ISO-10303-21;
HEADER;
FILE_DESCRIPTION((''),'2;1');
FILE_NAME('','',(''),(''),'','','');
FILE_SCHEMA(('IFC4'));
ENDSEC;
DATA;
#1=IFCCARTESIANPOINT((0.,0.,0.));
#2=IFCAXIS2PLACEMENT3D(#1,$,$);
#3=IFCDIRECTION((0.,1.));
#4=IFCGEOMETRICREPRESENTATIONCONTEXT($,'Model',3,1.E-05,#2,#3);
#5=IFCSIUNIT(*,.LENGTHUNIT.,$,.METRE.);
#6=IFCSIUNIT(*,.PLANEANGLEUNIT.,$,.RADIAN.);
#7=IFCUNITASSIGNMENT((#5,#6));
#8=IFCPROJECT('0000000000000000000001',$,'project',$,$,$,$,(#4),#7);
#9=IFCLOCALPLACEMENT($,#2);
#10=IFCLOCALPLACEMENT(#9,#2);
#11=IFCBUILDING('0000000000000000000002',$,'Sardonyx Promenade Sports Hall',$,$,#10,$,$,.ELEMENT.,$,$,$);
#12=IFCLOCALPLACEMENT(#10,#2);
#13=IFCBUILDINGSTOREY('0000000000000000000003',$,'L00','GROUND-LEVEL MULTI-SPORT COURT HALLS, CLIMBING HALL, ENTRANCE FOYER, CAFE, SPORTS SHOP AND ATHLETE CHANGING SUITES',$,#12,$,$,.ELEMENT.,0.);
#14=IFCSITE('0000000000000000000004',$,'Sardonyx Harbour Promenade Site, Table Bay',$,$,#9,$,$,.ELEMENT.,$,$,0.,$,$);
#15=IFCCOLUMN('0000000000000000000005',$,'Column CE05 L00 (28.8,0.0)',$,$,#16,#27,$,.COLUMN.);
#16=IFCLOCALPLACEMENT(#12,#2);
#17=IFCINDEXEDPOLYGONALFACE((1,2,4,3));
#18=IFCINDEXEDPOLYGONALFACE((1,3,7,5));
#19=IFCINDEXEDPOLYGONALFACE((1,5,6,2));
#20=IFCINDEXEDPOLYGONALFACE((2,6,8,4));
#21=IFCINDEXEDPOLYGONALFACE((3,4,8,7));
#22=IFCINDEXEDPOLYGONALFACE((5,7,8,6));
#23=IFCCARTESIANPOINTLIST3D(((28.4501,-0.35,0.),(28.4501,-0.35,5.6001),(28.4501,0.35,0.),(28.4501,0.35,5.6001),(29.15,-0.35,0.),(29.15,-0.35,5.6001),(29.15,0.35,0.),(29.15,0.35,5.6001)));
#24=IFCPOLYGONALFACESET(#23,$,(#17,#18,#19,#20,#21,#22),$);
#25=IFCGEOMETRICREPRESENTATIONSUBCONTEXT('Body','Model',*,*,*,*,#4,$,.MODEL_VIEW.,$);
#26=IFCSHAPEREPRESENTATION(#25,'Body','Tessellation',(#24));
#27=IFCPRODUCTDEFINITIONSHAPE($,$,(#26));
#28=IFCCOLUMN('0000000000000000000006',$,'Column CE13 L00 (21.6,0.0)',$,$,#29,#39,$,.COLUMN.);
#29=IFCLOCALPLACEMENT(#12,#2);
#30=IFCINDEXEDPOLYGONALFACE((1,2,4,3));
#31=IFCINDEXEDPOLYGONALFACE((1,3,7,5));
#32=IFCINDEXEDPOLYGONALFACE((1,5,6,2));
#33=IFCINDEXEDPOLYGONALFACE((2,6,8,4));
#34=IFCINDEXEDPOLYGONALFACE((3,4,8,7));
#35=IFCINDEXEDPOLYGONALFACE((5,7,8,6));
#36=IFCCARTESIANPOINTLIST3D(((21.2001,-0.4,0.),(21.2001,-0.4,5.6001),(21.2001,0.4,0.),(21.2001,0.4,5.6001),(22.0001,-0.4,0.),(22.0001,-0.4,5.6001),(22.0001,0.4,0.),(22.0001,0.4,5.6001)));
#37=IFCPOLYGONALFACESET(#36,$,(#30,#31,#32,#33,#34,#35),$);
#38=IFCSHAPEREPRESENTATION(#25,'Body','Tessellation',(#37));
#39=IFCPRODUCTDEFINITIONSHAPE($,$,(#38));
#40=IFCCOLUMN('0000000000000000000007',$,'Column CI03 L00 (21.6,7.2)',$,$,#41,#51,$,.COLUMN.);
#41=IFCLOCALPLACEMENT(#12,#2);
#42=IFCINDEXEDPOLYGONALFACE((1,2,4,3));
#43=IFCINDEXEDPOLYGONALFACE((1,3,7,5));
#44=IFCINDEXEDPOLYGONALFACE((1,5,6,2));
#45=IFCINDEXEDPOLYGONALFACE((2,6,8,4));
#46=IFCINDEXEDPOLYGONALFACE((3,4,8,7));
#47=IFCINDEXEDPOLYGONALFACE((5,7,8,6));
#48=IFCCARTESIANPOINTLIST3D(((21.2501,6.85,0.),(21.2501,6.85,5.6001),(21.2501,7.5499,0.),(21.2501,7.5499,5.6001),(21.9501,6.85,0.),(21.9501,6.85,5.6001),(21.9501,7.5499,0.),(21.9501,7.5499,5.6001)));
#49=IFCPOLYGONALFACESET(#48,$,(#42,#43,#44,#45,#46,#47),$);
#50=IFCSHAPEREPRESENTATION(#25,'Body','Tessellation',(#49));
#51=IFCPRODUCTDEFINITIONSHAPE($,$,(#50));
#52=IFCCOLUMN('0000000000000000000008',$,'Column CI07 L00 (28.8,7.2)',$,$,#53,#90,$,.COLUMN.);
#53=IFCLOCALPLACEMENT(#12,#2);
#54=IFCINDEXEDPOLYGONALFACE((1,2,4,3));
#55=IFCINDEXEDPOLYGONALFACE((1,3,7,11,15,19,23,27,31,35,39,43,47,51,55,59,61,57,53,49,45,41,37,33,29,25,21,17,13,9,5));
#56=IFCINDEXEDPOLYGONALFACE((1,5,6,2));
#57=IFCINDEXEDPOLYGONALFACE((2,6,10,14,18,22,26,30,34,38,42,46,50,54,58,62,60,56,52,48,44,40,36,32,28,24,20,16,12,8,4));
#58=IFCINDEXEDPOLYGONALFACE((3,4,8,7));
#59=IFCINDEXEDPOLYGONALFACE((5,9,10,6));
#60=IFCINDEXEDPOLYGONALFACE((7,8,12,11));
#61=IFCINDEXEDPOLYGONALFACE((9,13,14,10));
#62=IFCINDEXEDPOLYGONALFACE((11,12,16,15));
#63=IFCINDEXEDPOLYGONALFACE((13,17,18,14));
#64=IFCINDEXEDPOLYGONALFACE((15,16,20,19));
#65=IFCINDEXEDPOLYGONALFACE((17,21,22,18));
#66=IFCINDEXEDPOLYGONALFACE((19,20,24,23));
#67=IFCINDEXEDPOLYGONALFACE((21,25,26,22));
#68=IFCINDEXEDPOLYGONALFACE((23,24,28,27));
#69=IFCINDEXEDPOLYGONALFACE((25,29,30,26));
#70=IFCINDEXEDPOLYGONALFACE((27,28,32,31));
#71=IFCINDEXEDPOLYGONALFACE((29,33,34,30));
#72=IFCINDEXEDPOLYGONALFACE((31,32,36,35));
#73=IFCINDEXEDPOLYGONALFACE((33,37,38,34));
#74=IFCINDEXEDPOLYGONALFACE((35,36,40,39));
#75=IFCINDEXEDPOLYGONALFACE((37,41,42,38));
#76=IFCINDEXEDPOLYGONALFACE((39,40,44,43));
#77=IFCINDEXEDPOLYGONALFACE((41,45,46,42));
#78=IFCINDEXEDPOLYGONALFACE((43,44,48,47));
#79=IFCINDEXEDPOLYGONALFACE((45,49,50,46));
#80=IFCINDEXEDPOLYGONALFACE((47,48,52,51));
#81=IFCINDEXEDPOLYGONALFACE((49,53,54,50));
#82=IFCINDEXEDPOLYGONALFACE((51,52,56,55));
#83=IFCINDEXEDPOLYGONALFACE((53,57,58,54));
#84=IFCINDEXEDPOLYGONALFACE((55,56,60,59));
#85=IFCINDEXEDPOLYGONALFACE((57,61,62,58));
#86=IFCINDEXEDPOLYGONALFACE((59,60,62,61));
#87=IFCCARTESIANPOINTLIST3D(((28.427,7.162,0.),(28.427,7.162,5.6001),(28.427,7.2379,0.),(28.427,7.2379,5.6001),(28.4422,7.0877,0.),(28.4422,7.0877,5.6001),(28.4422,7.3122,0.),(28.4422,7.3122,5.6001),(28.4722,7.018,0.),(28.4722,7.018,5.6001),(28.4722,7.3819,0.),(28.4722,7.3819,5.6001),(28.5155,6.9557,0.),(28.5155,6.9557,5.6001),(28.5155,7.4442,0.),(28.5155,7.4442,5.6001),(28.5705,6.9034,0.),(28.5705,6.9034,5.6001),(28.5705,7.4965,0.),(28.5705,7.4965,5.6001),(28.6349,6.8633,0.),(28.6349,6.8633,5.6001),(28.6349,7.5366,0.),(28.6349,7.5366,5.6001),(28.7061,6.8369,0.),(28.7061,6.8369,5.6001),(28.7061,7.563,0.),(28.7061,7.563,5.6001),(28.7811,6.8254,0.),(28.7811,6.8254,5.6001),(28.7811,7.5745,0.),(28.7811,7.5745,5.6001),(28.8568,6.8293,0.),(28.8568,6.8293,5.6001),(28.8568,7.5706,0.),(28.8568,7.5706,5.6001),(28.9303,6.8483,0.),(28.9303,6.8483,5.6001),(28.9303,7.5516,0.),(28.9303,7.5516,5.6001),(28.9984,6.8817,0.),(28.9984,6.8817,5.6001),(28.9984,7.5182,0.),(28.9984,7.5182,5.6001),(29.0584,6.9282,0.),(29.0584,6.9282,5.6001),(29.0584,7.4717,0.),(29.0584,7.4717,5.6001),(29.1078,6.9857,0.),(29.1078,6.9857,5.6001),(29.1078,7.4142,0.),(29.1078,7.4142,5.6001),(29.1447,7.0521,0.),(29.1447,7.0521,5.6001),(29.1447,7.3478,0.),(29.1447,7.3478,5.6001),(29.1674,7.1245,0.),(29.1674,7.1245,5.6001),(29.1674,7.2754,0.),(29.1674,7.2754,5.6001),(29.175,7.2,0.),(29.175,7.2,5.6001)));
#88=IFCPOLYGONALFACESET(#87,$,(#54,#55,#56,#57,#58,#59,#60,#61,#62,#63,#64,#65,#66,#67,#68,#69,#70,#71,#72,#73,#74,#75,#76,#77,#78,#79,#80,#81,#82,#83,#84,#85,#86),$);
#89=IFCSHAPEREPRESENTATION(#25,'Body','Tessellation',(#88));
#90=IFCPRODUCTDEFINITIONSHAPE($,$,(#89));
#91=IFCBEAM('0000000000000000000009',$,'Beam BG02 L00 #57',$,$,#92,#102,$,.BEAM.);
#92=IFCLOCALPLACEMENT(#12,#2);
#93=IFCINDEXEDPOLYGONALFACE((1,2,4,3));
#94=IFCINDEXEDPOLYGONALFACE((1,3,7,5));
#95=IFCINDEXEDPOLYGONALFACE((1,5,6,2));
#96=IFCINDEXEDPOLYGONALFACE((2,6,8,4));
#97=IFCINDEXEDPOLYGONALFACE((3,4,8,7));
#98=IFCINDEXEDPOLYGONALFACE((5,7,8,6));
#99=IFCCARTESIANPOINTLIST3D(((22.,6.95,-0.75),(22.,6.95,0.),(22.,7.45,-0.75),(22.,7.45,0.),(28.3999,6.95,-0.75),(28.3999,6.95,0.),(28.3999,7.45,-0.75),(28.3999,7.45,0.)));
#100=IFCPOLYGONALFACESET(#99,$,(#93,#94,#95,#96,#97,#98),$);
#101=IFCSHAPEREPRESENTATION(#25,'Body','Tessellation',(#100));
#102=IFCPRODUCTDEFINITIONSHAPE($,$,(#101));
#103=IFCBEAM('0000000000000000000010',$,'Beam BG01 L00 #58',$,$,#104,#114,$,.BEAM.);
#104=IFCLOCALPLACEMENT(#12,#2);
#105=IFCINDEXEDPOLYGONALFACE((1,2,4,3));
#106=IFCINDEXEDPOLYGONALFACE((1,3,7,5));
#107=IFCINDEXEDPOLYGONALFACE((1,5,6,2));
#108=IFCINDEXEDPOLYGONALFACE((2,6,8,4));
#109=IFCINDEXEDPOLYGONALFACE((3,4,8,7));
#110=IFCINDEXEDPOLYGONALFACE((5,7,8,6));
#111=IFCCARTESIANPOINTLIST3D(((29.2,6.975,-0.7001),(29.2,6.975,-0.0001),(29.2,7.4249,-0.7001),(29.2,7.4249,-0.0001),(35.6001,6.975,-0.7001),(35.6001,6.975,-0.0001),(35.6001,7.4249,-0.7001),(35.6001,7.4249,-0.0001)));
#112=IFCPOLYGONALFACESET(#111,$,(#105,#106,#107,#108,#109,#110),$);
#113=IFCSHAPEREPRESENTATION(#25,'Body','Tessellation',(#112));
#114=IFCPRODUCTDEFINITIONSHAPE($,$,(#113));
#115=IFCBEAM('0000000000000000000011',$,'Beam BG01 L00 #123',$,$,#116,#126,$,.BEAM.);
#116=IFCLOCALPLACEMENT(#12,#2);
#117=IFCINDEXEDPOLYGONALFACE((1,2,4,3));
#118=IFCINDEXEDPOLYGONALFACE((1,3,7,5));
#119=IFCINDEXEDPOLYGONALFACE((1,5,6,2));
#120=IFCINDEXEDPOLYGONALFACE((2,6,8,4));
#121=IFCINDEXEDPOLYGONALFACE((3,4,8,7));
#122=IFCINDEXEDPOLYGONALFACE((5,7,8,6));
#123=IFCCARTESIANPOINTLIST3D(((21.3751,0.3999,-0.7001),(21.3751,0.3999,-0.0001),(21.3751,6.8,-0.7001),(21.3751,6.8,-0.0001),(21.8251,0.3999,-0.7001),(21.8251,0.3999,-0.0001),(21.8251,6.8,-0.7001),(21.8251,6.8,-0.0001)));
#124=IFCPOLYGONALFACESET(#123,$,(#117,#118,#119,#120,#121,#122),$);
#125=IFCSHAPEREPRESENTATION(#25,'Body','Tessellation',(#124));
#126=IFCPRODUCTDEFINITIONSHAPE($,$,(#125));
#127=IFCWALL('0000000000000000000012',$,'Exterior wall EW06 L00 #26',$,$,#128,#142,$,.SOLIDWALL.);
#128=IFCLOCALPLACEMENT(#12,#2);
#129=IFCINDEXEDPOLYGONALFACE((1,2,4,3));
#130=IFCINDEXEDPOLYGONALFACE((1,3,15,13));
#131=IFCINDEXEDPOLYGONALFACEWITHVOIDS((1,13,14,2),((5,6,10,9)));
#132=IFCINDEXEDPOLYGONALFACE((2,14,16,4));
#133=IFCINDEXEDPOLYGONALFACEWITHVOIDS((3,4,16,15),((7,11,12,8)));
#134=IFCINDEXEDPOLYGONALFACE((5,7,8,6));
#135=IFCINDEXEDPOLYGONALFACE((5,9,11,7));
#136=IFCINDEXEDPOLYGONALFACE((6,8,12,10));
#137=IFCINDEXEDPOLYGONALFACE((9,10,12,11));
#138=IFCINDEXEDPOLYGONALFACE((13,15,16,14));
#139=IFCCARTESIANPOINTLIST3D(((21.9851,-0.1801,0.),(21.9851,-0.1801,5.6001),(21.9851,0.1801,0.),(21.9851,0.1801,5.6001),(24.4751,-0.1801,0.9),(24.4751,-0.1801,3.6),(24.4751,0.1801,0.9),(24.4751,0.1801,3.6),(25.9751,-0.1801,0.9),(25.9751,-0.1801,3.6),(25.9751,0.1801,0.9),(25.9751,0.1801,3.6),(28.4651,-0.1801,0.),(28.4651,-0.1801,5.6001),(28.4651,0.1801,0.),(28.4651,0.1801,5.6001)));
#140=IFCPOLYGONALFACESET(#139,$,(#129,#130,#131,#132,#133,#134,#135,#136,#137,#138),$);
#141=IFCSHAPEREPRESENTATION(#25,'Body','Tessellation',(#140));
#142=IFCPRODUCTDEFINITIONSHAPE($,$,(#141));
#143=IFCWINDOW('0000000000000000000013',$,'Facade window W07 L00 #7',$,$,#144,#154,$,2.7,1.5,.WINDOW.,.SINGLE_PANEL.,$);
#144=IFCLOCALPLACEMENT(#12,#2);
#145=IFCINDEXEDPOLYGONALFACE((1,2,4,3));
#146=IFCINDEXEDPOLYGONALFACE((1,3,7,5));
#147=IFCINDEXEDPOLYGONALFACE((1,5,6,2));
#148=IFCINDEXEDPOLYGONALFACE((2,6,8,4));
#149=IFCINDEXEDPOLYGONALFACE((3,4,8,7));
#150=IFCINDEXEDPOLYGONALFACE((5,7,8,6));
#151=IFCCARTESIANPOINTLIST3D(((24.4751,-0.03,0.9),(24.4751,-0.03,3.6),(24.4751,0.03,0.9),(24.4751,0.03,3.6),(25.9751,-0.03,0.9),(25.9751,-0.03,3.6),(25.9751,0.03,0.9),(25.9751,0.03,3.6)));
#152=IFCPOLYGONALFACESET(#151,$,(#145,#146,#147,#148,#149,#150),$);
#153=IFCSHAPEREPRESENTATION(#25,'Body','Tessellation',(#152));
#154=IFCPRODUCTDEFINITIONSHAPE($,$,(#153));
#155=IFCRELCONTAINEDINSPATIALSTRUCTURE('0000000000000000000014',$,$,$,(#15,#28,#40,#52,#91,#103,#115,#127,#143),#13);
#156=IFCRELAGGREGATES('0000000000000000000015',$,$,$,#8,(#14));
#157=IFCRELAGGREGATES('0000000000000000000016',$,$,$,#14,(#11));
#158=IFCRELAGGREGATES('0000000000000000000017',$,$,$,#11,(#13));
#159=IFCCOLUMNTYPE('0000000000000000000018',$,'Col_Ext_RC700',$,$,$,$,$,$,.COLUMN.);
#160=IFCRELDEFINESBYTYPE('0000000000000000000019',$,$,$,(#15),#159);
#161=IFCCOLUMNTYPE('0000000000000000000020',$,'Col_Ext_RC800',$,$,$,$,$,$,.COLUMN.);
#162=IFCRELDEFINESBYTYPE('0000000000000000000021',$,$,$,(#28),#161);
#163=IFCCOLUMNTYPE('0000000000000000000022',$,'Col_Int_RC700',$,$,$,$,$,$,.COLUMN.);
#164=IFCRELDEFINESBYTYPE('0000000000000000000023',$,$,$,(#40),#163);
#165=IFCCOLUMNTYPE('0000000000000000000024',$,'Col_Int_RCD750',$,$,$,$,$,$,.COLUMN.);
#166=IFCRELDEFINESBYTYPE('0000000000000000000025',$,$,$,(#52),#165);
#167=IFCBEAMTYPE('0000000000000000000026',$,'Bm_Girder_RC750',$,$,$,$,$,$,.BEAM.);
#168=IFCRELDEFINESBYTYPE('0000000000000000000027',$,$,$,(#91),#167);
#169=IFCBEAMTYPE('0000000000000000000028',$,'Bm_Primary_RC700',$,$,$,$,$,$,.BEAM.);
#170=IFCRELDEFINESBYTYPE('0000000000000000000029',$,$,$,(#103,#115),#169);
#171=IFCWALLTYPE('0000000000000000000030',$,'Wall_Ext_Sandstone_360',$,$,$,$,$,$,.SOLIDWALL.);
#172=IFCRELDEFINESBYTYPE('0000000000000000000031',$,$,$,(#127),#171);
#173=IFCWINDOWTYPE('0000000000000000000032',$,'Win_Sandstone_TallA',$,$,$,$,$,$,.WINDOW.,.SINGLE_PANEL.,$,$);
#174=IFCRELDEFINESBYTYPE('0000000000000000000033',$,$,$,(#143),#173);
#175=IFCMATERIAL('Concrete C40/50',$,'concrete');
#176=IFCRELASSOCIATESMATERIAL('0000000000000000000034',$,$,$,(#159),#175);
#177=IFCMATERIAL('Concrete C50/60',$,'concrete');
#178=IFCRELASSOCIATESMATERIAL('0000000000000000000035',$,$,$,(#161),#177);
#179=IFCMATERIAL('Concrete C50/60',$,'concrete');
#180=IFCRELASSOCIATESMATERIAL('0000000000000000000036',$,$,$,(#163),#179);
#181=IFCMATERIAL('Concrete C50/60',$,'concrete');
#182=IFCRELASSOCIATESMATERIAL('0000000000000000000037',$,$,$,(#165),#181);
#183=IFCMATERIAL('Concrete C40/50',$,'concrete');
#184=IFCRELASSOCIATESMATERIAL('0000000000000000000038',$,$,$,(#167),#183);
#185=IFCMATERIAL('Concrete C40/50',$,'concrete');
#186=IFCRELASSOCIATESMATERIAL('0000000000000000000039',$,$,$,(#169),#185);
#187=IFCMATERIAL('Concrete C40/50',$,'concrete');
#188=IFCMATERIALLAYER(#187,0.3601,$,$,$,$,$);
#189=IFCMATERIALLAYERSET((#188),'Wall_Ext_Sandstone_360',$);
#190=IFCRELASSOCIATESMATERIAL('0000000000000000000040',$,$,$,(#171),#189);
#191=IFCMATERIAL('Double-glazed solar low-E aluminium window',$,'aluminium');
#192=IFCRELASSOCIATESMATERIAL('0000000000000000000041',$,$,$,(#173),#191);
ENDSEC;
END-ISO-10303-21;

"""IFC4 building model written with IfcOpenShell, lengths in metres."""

from ifc_helpers import new_model, si_unit, direction, frame, frame_2d, origin, origin_2d, place, context, subcontext, project, spatial, rectangle, circle, extrude, material, layer, layer_set, material_profile, profile_set, type_object, element, fill, save


model = new_model("IFC4")

# Units and contexts
model_context = context("Model", 3, precision=1e-05, world=origin(), true_north=direction((0.0, 1.0)))
body_context = subcontext(model_context, "Body", "Model", "MODEL_VIEW")
ifc_project = project(units=[si_unit("LENGTHUNIT", "METRE"), si_unit("PLANEANGLEUNIT", "RADIAN")], contexts=[model_context])

# Site, building, storey
site_placement = place(None, origin())
site = spatial("IfcSite", under=ifc_project, at=site_placement, Name="Sardonyx Harbour Promenade Site, Table Bay", CompositionType="ELEMENT", RefElevation=0.0)
building_placement = place(site_placement, origin())
building = spatial("IfcBuilding", under=site, at=building_placement, Name="Sardonyx Promenade Sports Hall", CompositionType="ELEMENT")
storey_placement = place(building_placement, origin())
storey = spatial("IfcBuildingStorey", under=building, at=storey_placement, Name="L00", Description="GROUND-LEVEL MULTI-SPORT COURT HALLS, CLIMBING HALL, ENTRANCE FOYER, CAFE, SPORTS SHOP AND ATHLETE CHANGING SUITES", CompositionType="ELEMENT", Elevation=0.0)

# Columns
ifc_material_1 = material(Name="Concrete C40/50", Category="concrete")
ifc_material_profile_1 = material_profile(ifc_material_1, rectangle(XDim=0.7, YDim=0.7, at=origin_2d()))
ifc_profile_set_1 = profile_set([ifc_material_profile_1], Name="Concrete C40/50")
column_type_1 = type_object("IfcColumnType", Name="Col_Ext_RC700", PredefinedType="COLUMN", material=ifc_profile_set_1)
column_1_placement = place(storey_placement, frame((28.8, 0.0, 0.0), z_axis=(0.0, 0.0, 1.0), x_axis=(1.0, 0.0, 0.0)))
element("IfcColumn", 1, at=column_1_placement, inside=storey, type_object=column_type_1, Name="Column CE05 L00 (28.8,0.0)", PredefinedType="COLUMN", context=body_context, shape_type="SweptSolid", body=[
    extrude(rectangle(XDim=0.7, YDim=0.7, at=origin_2d()), origin(), (0.0, 0.0, 1.0), 5.6001),
])
ifc_material_2 = material(Name="Concrete C50/60", Category="concrete")
ifc_material_profile_2 = material_profile(ifc_material_2, rectangle(XDim=0.8, YDim=0.8, at=origin_2d()))
ifc_profile_set_2 = profile_set([ifc_material_profile_2], Name="Concrete C50/60")
column_type_2 = type_object("IfcColumnType", Name="Col_Ext_RC800", PredefinedType="COLUMN", material=ifc_profile_set_2)
column_2_placement = place(storey_placement, frame((21.6001, 0.0, 0.0), z_axis=(0.0, 0.0, 1.0), x_axis=(1.0, 0.0, 0.0)))
element("IfcColumn", 2, at=column_2_placement, inside=storey, type_object=column_type_2, Name="Column CE13 L00 (21.6,0.0)", PredefinedType="COLUMN", context=body_context, shape_type="SweptSolid", body=[
    extrude(rectangle(XDim=0.8, YDim=0.8, at=origin_2d()), origin(), (0.0, 0.0, 1.0), 5.6001),
])
ifc_material_3 = material(Name="Concrete C50/60", Category="concrete")
ifc_material_profile_3 = material_profile(ifc_material_3, rectangle(XDim=0.7, YDim=0.7, at=origin_2d()))
ifc_profile_set_3 = profile_set([ifc_material_profile_3], Name="Concrete C50/60")
column_type_3 = type_object("IfcColumnType", Name="Col_Int_RC700", PredefinedType="COLUMN", material=ifc_profile_set_3)
column_3_placement = place(storey_placement, frame((21.6001, 7.2, 0.0), z_axis=(0.0, 0.0, 1.0), x_axis=(1.0, 0.0, 0.0)))
element("IfcColumn", 3, at=column_3_placement, inside=storey, type_object=column_type_3, Name="Column CI03 L00 (21.6,7.2)", PredefinedType="COLUMN", context=body_context, shape_type="SweptSolid", body=[
    extrude(rectangle(XDim=0.7, YDim=0.7, at=origin_2d()), origin(), (0.0, 0.0, 1.0), 5.6001),
])
ifc_material_4 = material(Name="Concrete C50/60", Category="concrete")
ifc_material_profile_4 = material_profile(ifc_material_4, circle(Radius=0.375, at=origin_2d()))
ifc_profile_set_4 = profile_set([ifc_material_profile_4], Name="Concrete C50/60")
column_type_4 = type_object("IfcColumnType", Name="Col_Int_RCD750", PredefinedType="COLUMN", material=ifc_profile_set_4)
column_4_placement = place(storey_placement, frame((28.8, 7.2, 0.0), z_axis=(0.0, 0.0, 1.0), x_axis=(1.0, 0.0, 0.0)))
element("IfcColumn", 4, at=column_4_placement, inside=storey, type_object=column_type_4, Name="Column CI07 L00 (28.8,7.2)", PredefinedType="COLUMN", context=body_context, shape_type="SweptSolid", body=[
    extrude(circle(Radius=0.375, at=origin_2d()), origin(), (0.0, 0.0, 1.0), 5.6001),
])

# Beams
ifc_material_5 = material(Name="Concrete C40/50", Category="concrete")
ifc_material_profile_5 = material_profile(ifc_material_5, rectangle(XDim=0.5, YDim=0.75, at=origin_2d()))
ifc_profile_set_5 = profile_set([ifc_material_profile_5], Name="Concrete C40/50")
beam_type_1 = type_object("IfcBeamType", Name="Bm_Girder_RC750", PredefinedType="BEAM", material=ifc_profile_set_5)
beam_placement = place(storey_placement, frame((22.0, 7.2, -0.375), z_axis=(1.0, 0.0, 0.0), x_axis=(0.0, 1.0, 0.0)))
element("IfcBeam", 5, at=beam_placement, inside=storey, type_object=beam_type_1, Name="Beam BG02 L00 #57", PredefinedType="BEAM", context=body_context, shape_type="SweptSolid", body=[
    extrude(rectangle(XDim=0.5, YDim=0.75, at=origin_2d()), origin(), (0.0, 0.0, 1.0), 6.3999),
])
ifc_material_6 = material(Name="Concrete C40/50", Category="concrete")
ifc_material_profile_6 = material_profile(ifc_material_6, rectangle(XDim=0.45, YDim=0.7, at=origin_2d()))
ifc_profile_set_6 = profile_set([ifc_material_profile_6], Name="Concrete C40/50")
beam_type_2 = type_object("IfcBeamType", Name="Bm_Primary_RC700", PredefinedType="BEAM", material=ifc_profile_set_6)
for number, where, z_axis, x_axis, name in (
    (6, (29.2, 7.2, -0.3501), (1.0, 0.0, 0.0), (0.0, 1.0, 0.0), "Beam BG01 L00 #58"),
    (7, (21.6001, 0.3999, -0.3501), (0.0, 1.0, 0.0), (-1.0, 0.0, 0.0), "Beam BG01 L00 #123"),
):
    element("IfcBeam", number, at=place(storey_placement, frame(where, z_axis=z_axis, x_axis=x_axis)), inside=storey, type_object=beam_type_2, Name=name, PredefinedType="BEAM", context=body_context, shape_type="SweptSolid", body=[
        extrude(rectangle(XDim=0.45, YDim=0.7, at=origin_2d()), origin(), (0.0, 0.0, 1.0), 6.4001),
    ])

# Wall, opening, window
ifc_material_7 = material(Name="Concrete C40/50", Category="concrete")
ifc_layer_1 = layer(ifc_material_7, 0.3601)
ifc_layer_set_1 = layer_set([ifc_layer_1], Name="Wall_Ext_Sandstone_360")
wall_type_1 = type_object("IfcWallType", Name="Wall_Ext_Sandstone_360", PredefinedType="SOLIDWALL", material=ifc_layer_set_1)
wall_1_placement = place(storey_placement, frame((28.4651, 0.0, 0.0), z_axis=(0.0, 0.0, 1.0), x_axis=(-1.0, 0.0, 0.0)))
wall_1 = element("IfcWall", 8, at=wall_1_placement, inside=storey, type_object=wall_type_1, Name="Exterior wall EW06 L00 #26", PredefinedType="SOLIDWALL", context=body_context, shape_type="SweptSolid", body=[
    extrude(rectangle(XDim=6.48, YDim=0.3601, at=frame_2d((3.24, 0.0))), origin(), (0.0, 0.0, 1.0), 5.6001),
])
opening_1_placement = place(wall_1_placement, frame((2.49, 0.0, 0.8999)))
opening_1 = element("IfcOpeningElement", 9, at=opening_1_placement, cuts=wall_1, PredefinedType="OPENING", context=body_context, shape_type="SweptSolid", body=[
    extrude(rectangle(XDim=1.5, YDim=2.7, at=frame_2d((0.75, 1.3501))), frame((0.0, 0.19, 0.0), z_axis=(0.0, -1.0, 0.0), x_axis=(1.0, 0.0, 0.0)), (0.0, 0.0, 1.0), 0.38),
])
ifc_material_8 = material(Name="Double-glazed solar low-E aluminium window", Category="aluminium")
window_type = type_object("IfcWindowType", Name="Win_Sandstone_TallA", PartitioningType="SINGLE_PANEL", PredefinedType="WINDOW", material=ifc_material_8)
window_placement = place(opening_1_placement, origin())
window = element("IfcWindow", 10, at=window_placement, inside=storey, type_object=window_type, Name="Facade window W07 L00 #7", OverallHeight=2.7, OverallWidth=1.5, PartitioningType="SINGLE_PANEL", PredefinedType="WINDOW", context=body_context, shape_type="SweptSolid", body=[
    extrude(rectangle(XDim=1.5, YDim=2.7, at=frame_2d((0.75, 1.3501))), frame((0.0, 0.03, 0.0), z_axis=(0.0, -1.0, 0.0), x_axis=(1.0, 0.0, 0.0)), (0.0, 0.0, 1.0), 0.0601),
])
fill(opening_1, window)

save(model, "model.ifc")
